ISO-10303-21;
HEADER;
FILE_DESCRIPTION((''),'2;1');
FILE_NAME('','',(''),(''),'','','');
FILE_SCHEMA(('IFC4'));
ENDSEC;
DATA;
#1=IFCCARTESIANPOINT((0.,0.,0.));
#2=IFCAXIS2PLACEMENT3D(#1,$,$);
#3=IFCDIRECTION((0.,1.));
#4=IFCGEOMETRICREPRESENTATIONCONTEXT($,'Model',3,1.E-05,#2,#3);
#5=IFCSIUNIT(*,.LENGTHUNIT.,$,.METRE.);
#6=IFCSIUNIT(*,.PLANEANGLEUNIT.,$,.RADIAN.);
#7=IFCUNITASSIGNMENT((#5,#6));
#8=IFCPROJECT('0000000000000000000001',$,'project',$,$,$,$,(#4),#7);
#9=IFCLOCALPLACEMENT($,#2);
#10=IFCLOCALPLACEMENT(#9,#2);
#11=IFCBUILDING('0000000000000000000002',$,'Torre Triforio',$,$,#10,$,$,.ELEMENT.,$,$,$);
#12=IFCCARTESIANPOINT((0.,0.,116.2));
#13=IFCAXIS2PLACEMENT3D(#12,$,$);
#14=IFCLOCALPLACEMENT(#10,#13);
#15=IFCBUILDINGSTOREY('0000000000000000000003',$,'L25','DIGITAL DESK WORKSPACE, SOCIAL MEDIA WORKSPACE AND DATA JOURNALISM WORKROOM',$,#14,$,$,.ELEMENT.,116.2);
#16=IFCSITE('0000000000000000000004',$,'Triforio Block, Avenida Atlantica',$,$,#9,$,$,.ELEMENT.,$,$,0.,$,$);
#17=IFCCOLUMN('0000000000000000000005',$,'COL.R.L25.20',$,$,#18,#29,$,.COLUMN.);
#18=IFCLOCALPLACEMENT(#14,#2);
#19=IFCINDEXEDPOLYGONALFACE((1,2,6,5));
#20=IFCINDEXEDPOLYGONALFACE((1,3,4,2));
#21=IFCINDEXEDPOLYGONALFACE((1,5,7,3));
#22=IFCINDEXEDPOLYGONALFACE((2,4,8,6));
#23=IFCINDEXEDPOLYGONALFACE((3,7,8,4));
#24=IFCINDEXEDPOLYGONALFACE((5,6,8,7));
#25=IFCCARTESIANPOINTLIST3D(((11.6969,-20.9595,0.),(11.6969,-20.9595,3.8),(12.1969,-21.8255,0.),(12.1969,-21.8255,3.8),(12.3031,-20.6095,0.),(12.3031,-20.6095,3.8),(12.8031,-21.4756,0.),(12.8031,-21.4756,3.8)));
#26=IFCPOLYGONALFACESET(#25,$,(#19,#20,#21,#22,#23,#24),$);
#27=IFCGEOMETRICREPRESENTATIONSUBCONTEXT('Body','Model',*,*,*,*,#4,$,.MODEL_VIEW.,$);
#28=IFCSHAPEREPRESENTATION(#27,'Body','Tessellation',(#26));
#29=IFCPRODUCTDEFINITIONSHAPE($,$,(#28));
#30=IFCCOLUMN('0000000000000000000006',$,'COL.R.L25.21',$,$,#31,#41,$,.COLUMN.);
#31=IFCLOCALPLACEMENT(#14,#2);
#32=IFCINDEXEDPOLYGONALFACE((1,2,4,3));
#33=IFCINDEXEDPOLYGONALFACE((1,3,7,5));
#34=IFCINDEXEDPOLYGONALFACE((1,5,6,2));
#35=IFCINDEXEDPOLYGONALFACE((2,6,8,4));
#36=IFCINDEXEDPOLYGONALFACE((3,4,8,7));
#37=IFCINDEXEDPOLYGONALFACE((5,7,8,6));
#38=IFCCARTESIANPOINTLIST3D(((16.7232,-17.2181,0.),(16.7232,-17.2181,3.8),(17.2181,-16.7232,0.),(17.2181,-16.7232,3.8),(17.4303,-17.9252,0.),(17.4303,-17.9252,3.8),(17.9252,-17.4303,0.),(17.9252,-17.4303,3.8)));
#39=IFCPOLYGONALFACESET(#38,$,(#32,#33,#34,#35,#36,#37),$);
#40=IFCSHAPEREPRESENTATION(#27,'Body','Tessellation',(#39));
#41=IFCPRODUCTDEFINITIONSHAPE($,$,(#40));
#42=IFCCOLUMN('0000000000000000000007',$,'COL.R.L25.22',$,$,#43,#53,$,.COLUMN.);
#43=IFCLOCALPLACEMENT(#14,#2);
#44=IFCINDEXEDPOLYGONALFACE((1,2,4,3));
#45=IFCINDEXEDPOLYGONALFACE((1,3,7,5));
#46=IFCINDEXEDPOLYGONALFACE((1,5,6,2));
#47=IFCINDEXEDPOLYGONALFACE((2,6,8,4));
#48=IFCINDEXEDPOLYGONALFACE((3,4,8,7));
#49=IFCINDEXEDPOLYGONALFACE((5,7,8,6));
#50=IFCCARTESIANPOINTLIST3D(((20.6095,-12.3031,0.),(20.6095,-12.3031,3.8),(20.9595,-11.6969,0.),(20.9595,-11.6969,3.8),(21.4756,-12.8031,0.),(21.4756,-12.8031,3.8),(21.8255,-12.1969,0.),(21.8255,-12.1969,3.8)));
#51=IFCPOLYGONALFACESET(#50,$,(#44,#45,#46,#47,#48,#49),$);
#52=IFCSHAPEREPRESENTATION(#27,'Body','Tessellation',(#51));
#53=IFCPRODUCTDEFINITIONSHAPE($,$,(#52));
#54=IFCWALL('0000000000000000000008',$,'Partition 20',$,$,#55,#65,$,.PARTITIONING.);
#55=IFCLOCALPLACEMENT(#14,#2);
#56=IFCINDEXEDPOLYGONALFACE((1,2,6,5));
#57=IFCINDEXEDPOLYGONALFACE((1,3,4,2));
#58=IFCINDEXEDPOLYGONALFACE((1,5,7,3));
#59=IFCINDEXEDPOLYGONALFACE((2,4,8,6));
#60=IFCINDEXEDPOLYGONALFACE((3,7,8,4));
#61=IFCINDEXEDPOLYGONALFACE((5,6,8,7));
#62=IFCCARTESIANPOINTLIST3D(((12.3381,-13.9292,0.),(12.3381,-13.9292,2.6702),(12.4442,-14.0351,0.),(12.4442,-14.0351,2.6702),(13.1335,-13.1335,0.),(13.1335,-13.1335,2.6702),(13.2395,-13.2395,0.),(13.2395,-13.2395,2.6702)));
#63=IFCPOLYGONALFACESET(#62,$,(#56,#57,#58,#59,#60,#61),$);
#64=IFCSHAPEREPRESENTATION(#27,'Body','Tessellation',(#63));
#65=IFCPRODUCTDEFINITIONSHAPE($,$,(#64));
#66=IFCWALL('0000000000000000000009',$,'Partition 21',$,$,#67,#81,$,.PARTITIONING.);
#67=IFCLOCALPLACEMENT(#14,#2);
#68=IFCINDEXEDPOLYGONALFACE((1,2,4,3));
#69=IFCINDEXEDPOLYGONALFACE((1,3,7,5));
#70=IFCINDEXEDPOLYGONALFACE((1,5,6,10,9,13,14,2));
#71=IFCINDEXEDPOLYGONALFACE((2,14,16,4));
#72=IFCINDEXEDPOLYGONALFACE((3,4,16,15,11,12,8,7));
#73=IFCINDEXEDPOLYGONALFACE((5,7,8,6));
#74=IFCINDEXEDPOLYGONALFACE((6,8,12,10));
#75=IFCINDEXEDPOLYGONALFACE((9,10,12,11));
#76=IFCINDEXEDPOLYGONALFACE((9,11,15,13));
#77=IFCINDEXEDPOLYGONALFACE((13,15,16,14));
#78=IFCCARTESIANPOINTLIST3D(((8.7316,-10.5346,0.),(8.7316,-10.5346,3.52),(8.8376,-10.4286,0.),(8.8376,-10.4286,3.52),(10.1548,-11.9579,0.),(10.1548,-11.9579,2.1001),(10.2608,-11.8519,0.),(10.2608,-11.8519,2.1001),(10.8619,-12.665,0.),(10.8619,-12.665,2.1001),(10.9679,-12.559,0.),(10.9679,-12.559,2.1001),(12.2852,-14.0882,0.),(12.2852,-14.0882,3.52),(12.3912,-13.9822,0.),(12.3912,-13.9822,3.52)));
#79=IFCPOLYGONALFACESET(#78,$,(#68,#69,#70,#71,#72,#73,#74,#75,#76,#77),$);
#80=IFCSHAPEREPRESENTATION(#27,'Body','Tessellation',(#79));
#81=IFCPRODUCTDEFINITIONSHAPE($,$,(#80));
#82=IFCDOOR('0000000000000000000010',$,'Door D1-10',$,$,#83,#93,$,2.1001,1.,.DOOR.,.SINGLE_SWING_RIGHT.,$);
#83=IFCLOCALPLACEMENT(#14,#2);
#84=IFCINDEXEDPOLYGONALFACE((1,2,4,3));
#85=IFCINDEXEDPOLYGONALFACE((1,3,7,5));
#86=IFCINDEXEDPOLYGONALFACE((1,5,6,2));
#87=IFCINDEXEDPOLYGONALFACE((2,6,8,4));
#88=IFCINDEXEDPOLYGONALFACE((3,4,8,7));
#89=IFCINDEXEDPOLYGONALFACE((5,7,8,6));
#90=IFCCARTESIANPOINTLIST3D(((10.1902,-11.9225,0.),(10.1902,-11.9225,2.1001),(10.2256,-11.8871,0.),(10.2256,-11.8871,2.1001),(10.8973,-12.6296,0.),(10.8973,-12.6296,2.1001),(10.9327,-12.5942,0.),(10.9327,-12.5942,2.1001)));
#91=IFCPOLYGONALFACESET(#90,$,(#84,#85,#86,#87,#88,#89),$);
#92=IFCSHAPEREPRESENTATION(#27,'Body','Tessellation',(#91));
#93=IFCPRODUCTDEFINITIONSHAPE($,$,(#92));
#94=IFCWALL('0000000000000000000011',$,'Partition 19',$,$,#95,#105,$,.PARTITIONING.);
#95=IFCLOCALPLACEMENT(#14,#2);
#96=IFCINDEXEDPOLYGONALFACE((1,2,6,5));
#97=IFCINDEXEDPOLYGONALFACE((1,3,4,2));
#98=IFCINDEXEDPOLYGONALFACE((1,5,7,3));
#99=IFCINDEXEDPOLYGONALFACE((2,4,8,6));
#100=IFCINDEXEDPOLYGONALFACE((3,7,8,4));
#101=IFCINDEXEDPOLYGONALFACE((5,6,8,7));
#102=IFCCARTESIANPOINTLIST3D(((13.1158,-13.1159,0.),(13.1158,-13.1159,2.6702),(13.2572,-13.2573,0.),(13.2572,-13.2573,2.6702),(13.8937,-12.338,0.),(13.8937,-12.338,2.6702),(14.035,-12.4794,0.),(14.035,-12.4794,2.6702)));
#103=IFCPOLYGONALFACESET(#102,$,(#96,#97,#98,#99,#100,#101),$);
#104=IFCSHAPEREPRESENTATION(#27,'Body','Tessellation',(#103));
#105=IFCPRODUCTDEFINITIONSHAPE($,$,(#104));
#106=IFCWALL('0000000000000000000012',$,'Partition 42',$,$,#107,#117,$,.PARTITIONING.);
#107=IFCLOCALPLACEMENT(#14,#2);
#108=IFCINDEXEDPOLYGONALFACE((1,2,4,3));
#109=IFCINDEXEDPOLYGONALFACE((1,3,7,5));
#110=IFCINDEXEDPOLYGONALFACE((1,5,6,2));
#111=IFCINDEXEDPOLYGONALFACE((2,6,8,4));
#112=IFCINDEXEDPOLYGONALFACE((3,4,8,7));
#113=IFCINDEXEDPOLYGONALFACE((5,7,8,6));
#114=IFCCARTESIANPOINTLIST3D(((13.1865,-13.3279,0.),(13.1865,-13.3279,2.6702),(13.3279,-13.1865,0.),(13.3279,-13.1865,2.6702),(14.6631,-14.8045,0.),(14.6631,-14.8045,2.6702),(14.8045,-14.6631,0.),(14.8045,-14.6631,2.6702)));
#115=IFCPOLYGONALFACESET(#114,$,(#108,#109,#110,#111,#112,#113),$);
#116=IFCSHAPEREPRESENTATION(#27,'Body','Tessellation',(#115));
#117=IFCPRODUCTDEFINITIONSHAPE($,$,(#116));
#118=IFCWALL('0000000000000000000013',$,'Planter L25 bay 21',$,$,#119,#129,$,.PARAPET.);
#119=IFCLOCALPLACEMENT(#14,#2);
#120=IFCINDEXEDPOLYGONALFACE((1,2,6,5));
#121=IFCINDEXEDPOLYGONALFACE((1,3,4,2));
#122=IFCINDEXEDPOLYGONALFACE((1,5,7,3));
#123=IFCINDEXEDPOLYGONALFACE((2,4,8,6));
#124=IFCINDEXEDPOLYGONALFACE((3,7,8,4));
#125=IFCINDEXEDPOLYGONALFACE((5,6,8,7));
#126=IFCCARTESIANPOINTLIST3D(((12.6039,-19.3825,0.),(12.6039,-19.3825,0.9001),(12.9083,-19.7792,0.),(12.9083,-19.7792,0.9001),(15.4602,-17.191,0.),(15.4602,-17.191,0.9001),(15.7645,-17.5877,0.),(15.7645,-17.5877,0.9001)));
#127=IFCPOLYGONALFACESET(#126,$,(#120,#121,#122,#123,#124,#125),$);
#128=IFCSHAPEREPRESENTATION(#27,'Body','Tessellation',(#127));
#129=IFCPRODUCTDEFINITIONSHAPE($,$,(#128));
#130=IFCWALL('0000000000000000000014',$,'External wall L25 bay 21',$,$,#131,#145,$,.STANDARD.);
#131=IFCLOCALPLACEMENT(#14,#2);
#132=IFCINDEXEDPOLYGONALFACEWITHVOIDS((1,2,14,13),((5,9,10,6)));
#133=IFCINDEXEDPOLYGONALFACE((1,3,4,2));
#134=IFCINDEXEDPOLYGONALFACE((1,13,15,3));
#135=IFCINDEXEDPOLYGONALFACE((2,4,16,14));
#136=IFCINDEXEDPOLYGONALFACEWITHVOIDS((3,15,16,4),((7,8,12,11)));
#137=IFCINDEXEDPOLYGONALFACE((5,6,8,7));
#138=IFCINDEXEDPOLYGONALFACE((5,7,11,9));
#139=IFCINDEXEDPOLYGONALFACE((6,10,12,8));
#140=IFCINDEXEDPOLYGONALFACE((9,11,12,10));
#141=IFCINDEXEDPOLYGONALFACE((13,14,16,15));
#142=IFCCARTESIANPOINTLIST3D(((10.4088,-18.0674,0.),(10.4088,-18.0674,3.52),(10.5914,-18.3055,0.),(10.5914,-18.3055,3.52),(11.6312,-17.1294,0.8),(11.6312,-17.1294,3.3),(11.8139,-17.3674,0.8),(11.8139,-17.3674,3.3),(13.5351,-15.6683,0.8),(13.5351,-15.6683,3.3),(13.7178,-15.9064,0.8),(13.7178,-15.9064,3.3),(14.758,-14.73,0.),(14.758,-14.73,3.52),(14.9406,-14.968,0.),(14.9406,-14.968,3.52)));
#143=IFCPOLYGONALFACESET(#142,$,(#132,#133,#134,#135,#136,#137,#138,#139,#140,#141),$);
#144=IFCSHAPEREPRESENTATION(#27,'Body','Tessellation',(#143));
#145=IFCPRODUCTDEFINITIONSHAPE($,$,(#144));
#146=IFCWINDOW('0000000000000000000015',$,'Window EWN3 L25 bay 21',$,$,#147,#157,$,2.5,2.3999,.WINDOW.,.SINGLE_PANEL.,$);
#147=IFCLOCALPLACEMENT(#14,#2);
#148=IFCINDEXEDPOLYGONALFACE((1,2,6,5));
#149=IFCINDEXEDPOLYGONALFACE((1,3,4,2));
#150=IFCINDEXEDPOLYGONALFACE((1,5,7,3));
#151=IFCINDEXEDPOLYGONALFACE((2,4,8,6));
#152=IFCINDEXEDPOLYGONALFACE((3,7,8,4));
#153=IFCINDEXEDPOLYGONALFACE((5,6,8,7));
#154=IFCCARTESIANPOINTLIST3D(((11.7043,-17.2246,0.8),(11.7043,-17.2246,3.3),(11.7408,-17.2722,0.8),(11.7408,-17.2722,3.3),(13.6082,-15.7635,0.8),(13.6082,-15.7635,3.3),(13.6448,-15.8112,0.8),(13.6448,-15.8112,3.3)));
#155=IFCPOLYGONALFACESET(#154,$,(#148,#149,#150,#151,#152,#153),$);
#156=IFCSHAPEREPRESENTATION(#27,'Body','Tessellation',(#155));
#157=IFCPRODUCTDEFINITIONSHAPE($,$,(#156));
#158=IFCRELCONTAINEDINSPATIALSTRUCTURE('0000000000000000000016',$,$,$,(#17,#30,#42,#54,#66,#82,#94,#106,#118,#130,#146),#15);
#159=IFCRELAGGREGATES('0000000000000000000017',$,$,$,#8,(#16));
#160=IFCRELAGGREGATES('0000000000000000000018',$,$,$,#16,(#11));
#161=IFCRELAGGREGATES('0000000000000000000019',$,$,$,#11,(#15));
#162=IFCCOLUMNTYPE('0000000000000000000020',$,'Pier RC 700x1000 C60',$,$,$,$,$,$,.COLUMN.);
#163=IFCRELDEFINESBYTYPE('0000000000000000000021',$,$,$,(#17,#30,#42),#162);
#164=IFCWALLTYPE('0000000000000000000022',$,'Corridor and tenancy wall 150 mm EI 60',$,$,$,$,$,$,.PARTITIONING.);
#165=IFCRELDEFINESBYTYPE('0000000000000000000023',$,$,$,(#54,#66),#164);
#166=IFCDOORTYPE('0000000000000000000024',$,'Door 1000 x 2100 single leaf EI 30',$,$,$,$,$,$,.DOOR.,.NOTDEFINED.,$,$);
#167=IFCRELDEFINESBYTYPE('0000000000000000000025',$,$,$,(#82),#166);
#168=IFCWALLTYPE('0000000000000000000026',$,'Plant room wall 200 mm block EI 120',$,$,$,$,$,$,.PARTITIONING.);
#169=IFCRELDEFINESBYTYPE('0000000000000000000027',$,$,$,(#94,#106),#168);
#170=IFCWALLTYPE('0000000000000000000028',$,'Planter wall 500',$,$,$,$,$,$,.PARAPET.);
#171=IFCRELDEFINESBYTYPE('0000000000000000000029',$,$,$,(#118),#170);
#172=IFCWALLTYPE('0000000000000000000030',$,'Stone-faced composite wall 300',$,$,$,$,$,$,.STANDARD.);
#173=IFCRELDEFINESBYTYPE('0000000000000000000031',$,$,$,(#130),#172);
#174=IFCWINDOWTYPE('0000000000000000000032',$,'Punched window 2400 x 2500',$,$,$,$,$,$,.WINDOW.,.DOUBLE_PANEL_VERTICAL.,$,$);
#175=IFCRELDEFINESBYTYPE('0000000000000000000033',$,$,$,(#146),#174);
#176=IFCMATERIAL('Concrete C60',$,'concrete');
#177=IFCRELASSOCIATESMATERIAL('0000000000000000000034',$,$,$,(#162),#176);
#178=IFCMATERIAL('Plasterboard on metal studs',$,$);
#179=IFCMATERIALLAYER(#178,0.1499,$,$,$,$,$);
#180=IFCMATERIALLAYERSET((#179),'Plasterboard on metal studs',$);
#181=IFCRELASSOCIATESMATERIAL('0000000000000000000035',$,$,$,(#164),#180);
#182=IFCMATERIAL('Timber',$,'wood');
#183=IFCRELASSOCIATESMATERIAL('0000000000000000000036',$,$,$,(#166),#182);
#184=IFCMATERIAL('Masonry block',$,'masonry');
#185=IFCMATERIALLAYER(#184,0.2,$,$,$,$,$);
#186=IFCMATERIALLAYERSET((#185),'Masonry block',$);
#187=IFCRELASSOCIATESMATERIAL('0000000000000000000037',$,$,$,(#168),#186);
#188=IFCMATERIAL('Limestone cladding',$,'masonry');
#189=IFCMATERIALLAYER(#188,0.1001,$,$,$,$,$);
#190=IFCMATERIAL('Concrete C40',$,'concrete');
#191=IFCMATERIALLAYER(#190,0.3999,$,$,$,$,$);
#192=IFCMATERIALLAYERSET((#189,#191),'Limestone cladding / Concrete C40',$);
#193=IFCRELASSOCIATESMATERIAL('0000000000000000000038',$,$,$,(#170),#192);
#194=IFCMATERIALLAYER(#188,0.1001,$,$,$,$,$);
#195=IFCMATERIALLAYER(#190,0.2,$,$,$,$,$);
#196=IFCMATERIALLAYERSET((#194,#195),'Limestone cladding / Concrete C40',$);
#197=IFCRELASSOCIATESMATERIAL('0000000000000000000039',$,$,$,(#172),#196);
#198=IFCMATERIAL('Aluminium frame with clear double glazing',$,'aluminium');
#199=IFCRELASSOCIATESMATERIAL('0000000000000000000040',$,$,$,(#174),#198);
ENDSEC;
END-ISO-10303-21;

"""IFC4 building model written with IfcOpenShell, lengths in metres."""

from ifc_helpers import new_model, si_unit, direction, frame, frame_2d, origin, origin_2d, place, context, subcontext, project, spatial, rectangle, extrude, material, layer, layer_set, material_profile, profile_set, type_object, element, fill, save


model = new_model("IFC4")

# Units and contexts
model_context = context("Model", 3, precision=1e-05, world=origin(), true_north=direction((0.0, 1.0)))
body_context = subcontext(model_context, "Body", "Model", "MODEL_VIEW")
ifc_project = project(units=[si_unit("LENGTHUNIT", "METRE"), si_unit("PLANEANGLEUNIT", "RADIAN")], contexts=[model_context])

# Site, building, storey
site_placement = place(None, origin())
site = spatial("IfcSite", under=ifc_project, at=site_placement, Name="Triforio Block, Avenida Atlantica", CompositionType="ELEMENT", RefElevation=0.0)
building_placement = place(site_placement, origin())
building = spatial("IfcBuilding", under=site, at=building_placement, Name="Torre Triforio", CompositionType="ELEMENT")
storey_placement = place(building_placement, frame((0.0, 0.0, 116.2)))
storey = spatial("IfcBuildingStorey", under=building, at=storey_placement, Name="L25", Description="DIGITAL DESK WORKSPACE, SOCIAL MEDIA WORKSPACE AND DATA JOURNALISM WORKROOM", CompositionType="ELEMENT", Elevation=116.2)

# Columns
ifc_material_1 = material(Name="Concrete C60", Category="concrete")
ifc_material_profile = material_profile(ifc_material_1, rectangle(XDim=0.7, YDim=1.0, at=origin_2d()), Name="RC 700x1000")
ifc_profile_set = profile_set([ifc_material_profile], Name="Concrete C60")
column_type = type_object("IfcColumnType", Name="Pier RC 700x1000 C60", PredefinedType="COLUMN", material=ifc_profile_set)
for number, where, z_axis, x_axis, name in (
    (1, (12.25, -21.2175, 0.0), (0.0, 0.0, 1.0), (0.866025, 0.5, 0.0), "COL.R.L25.20"),
    (2, (17.3242, -17.3242, 0.0), (0.0, 0.0, 1.0), (0.707107, 0.707107, 0.0), "COL.R.L25.21"),
    (3, (21.2175, -12.25, 0.0), (0.0, 0.0, 1.0), (0.5, 0.866025, 0.0), "COL.R.L25.22"),
):
    element("IfcColumn", number, at=place(storey_placement, frame(where, z_axis=z_axis, x_axis=x_axis)), inside=storey, type_object=column_type, Name=name, PredefinedType="COLUMN", context=body_context, shape_type="SweptSolid", body=[
        extrude(rectangle(XDim=0.7, YDim=1.0, at=origin_2d()), origin(), (0.0, 0.0, 1.0), 3.8),
    ])

# Wall
ifc_material_2 = material(Name="Plasterboard on metal studs")
ifc_layer_1 = layer(ifc_material_2, 0.1499)
ifc_layer_set_1 = layer_set([ifc_layer_1], Name="Plasterboard on metal studs")
wall_type_1 = type_object("IfcWallType", Name="Corridor and tenancy wall 150 mm EI 60", PredefinedType="PARTITIONING", material=ifc_layer_set_1)
wall_1_placement = place(storey_placement, frame((13.1865, -13.1865, 0.0), z_axis=(0.0, 0.0, 1.0), x_axis=(-0.706998, -0.707215, 0.0)))
element("IfcWall", 4, at=wall_1_placement, inside=storey, type_object=wall_type_1, Name="Partition 20", PredefinedType="PARTITIONING", context=body_context, shape_type="SweptSolid", body=[
    extrude(rectangle(XDim=1.125, YDim=0.1499, at=frame_2d((0.5625, 0.0))), origin(), (0.0, 0.0, 1.0), 2.6702),
])

# Wall, opening, door
wall_2_placement = place(storey_placement, frame((12.3381, -14.0352, 0.0), z_axis=(0.0, 0.0, 1.0), x_axis=(-0.707107, 0.707107, 0.0)))
wall_2 = element("IfcWall", 5, at=wall_2_placement, inside=storey, type_object=wall_type_1, Name="Partition 21", PredefinedType="PARTITIONING", context=body_context, shape_type="SweptSolid", body=[
    extrude(rectangle(XDim=5.0256, YDim=0.1499, at=frame_2d((2.5127, 0.0))), origin(), (0.0, 0.0, 1.0), 3.52),
])
opening_1_placement = place(wall_2_placement, frame((2.0127, 0.0, 0.0)))
opening_1 = element("IfcOpeningElement", 6, at=opening_1_placement, cuts=wall_2, PredefinedType="OPENING", context=body_context, shape_type="SweptSolid", body=[
    extrude(rectangle(XDim=1.0, YDim=2.1001, at=frame_2d((0.5, 1.05))), frame((0.0, 0.085, 0.0), z_axis=(0.0, -1.0, 0.0), x_axis=(1.0, 0.0, 0.0)), (0.0, 0.0, 1.0), 0.1699),
])
ifc_material_3 = material(Name="Timber", Category="wood")
door_type_1 = type_object("IfcDoorType", Name="Door 1000 x 2100 single leaf EI 30", OperationType="NOTDEFINED", PredefinedType="DOOR", material=ifc_material_3)
door_1_placement = place(opening_1_placement, origin())
door_1 = element("IfcDoor", 7, at=door_1_placement, inside=storey, type_object=door_type_1, Name="Door D1-10", OperationType="SINGLE_SWING_RIGHT", OverallHeight=2.1001, OverallWidth=1.0, PredefinedType="DOOR", context=body_context, shape_type="SweptSolid", body=[
    extrude(rectangle(XDim=1.0, YDim=2.1001, at=frame_2d((0.5, 1.05))), frame((0.0, 0.0249, 0.0), z_axis=(0.0, -1.0, 0.0), x_axis=(1.0, 0.0, 0.0)), (0.0, 0.0, 1.0), 0.05),
])
fill(opening_1, door_1)

# Walls
ifc_material_4 = material(Name="Masonry block", Category="masonry")
ifc_layer_2 = layer(ifc_material_4, 0.2)
ifc_layer_set_2 = layer_set([ifc_layer_2], Name="Masonry block")
wall_type_2 = type_object("IfcWallType", Name="Plant room wall 200 mm block EI 120", PredefinedType="PARTITIONING", material=ifc_layer_set_2)
wall_3_placement = place(storey_placement, frame((13.9644, -12.4087, 0.0), z_axis=(0.0, 0.0, 1.0), x_axis=(-0.707107, -0.707107, 0.0)))
element("IfcWall", 8, at=wall_3_placement, inside=storey, type_object=wall_type_2, Name="Partition 19", PredefinedType="PARTITIONING", context=body_context, shape_type="SweptSolid", body=[
    extrude(rectangle(XDim=1.1001, YDim=0.2, at=frame_2d((0.55, 0.0))), origin(), (0.0, 0.0, 1.0), 2.6702),
])
wall_4_placement = place(storey_placement, frame((13.2573, -13.2573, 0.0), z_axis=(0.0, 0.0, 1.0), x_axis=(0.707107, -0.707107, 0.0)))
element("IfcWall", 9, at=wall_4_placement, inside=storey, type_object=wall_type_2, Name="Partition 42", PredefinedType="PARTITIONING", context=body_context, shape_type="SweptSolid", body=[
    extrude(rectangle(XDim=2.0881, YDim=0.2, at=frame_2d((1.0439, 0.0))), origin(), (0.0, 0.0, 1.0), 2.6702),
])
ifc_material_5 = material(Name="Limestone cladding", Category="masonry")
ifc_layer_3 = layer(ifc_material_5, 0.1001)
ifc_material_6 = material(Name="Concrete C40", Category="concrete")
ifc_layer_4 = layer(ifc_material_6, 0.3999)
ifc_layer_set_3 = layer_set([ifc_layer_3, ifc_layer_4], Name="Limestone cladding / Concrete C40")
wall_type_3 = type_object("IfcWallType", Name="Planter wall 500", PredefinedType="PARAPET", material=ifc_layer_set_3)
wall_5_placement = place(storey_placement, frame((12.7561, -19.5808, 0.0), z_axis=(0.0, 0.0, 1.0), x_axis=(0.793385, 0.608721, 0.0)))
element("IfcWall", 10, at=wall_5_placement, inside=storey, type_object=wall_type_3, Name="Planter L25 bay 21", PredefinedType="PARAPET", context=body_context, shape_type="SweptSolid", body=[
    extrude(rectangle(XDim=3.6001, YDim=0.5, at=frame_2d((1.8, 0.0))), origin(), (0.0, 0.0, 1.0), 0.9001),
])

# Wall, opening, window
ifc_layer_5 = layer(ifc_material_5, 0.1001)
ifc_layer_6 = layer(ifc_material_6, 0.2)
ifc_layer_set_4 = layer_set([ifc_layer_5, ifc_layer_6], Name="Limestone cladding / Concrete C40")
wall_type_4 = type_object("IfcWallType", Name="Stone-faced composite wall 300", PredefinedType="STANDARD", material=ifc_layer_set_4)
wall_6_placement = place(storey_placement, frame((10.5, -18.1865, 0.0), z_axis=(0.0, 0.0, 1.0), x_axis=(0.793335, 0.608785, 0.0)))
wall_6 = element("IfcWall", 11, at=wall_6_placement, inside=storey, type_object=wall_type_4, Name="External wall L25 bay 21", PredefinedType="STANDARD", context=body_context, shape_type="SweptSolid", body=[
    extrude(rectangle(XDim=5.4822, YDim=0.3, at=frame_2d((2.7412, 0.0))), origin(), (0.0, 0.0, 1.0), 3.52),
])
opening_2_placement = place(wall_6_placement, frame((1.541, 0.0, 0.8)))
opening_2 = element("IfcOpeningElement", 12, at=opening_2_placement, cuts=wall_6, PredefinedType="OPENING", context=body_context, shape_type="SweptSolid", body=[
    extrude(rectangle(XDim=2.3999, YDim=2.5, at=frame_2d((1.2, 1.25))), frame((0.0, 0.1599, 0.0), z_axis=(0.0, -1.0, 0.0), x_axis=(1.0, 0.0, 0.0)), (0.0, 0.0, 1.0), 0.3201),
])
ifc_material_7 = material(Name="Aluminium frame with clear double glazing", Category="aluminium")
window_type_1 = type_object("IfcWindowType", Name="Punched window 2400 x 2500", PartitioningType="DOUBLE_PANEL_VERTICAL", PredefinedType="WINDOW", material=ifc_material_7)
window_1_placement = place(opening_2_placement, origin())
window_1 = element("IfcWindow", 13, at=window_1_placement, inside=storey, type_object=window_type_1, Name="Window EWN3 L25 bay 21", OverallHeight=2.5, OverallWidth=2.3999, PartitioningType="SINGLE_PANEL", PredefinedType="WINDOW", context=body_context, shape_type="SweptSolid", body=[
    extrude(rectangle(XDim=2.3999, YDim=2.5, at=frame_2d((1.2, 1.25))), frame((0.0, 0.03, 0.0), z_axis=(0.0, -1.0, 0.0), x_axis=(1.0, 0.0, 0.0)), (0.0, 0.0, 1.0), 0.0601),
])
fill(opening_2, window_1)

save(model, "model.ifc")
